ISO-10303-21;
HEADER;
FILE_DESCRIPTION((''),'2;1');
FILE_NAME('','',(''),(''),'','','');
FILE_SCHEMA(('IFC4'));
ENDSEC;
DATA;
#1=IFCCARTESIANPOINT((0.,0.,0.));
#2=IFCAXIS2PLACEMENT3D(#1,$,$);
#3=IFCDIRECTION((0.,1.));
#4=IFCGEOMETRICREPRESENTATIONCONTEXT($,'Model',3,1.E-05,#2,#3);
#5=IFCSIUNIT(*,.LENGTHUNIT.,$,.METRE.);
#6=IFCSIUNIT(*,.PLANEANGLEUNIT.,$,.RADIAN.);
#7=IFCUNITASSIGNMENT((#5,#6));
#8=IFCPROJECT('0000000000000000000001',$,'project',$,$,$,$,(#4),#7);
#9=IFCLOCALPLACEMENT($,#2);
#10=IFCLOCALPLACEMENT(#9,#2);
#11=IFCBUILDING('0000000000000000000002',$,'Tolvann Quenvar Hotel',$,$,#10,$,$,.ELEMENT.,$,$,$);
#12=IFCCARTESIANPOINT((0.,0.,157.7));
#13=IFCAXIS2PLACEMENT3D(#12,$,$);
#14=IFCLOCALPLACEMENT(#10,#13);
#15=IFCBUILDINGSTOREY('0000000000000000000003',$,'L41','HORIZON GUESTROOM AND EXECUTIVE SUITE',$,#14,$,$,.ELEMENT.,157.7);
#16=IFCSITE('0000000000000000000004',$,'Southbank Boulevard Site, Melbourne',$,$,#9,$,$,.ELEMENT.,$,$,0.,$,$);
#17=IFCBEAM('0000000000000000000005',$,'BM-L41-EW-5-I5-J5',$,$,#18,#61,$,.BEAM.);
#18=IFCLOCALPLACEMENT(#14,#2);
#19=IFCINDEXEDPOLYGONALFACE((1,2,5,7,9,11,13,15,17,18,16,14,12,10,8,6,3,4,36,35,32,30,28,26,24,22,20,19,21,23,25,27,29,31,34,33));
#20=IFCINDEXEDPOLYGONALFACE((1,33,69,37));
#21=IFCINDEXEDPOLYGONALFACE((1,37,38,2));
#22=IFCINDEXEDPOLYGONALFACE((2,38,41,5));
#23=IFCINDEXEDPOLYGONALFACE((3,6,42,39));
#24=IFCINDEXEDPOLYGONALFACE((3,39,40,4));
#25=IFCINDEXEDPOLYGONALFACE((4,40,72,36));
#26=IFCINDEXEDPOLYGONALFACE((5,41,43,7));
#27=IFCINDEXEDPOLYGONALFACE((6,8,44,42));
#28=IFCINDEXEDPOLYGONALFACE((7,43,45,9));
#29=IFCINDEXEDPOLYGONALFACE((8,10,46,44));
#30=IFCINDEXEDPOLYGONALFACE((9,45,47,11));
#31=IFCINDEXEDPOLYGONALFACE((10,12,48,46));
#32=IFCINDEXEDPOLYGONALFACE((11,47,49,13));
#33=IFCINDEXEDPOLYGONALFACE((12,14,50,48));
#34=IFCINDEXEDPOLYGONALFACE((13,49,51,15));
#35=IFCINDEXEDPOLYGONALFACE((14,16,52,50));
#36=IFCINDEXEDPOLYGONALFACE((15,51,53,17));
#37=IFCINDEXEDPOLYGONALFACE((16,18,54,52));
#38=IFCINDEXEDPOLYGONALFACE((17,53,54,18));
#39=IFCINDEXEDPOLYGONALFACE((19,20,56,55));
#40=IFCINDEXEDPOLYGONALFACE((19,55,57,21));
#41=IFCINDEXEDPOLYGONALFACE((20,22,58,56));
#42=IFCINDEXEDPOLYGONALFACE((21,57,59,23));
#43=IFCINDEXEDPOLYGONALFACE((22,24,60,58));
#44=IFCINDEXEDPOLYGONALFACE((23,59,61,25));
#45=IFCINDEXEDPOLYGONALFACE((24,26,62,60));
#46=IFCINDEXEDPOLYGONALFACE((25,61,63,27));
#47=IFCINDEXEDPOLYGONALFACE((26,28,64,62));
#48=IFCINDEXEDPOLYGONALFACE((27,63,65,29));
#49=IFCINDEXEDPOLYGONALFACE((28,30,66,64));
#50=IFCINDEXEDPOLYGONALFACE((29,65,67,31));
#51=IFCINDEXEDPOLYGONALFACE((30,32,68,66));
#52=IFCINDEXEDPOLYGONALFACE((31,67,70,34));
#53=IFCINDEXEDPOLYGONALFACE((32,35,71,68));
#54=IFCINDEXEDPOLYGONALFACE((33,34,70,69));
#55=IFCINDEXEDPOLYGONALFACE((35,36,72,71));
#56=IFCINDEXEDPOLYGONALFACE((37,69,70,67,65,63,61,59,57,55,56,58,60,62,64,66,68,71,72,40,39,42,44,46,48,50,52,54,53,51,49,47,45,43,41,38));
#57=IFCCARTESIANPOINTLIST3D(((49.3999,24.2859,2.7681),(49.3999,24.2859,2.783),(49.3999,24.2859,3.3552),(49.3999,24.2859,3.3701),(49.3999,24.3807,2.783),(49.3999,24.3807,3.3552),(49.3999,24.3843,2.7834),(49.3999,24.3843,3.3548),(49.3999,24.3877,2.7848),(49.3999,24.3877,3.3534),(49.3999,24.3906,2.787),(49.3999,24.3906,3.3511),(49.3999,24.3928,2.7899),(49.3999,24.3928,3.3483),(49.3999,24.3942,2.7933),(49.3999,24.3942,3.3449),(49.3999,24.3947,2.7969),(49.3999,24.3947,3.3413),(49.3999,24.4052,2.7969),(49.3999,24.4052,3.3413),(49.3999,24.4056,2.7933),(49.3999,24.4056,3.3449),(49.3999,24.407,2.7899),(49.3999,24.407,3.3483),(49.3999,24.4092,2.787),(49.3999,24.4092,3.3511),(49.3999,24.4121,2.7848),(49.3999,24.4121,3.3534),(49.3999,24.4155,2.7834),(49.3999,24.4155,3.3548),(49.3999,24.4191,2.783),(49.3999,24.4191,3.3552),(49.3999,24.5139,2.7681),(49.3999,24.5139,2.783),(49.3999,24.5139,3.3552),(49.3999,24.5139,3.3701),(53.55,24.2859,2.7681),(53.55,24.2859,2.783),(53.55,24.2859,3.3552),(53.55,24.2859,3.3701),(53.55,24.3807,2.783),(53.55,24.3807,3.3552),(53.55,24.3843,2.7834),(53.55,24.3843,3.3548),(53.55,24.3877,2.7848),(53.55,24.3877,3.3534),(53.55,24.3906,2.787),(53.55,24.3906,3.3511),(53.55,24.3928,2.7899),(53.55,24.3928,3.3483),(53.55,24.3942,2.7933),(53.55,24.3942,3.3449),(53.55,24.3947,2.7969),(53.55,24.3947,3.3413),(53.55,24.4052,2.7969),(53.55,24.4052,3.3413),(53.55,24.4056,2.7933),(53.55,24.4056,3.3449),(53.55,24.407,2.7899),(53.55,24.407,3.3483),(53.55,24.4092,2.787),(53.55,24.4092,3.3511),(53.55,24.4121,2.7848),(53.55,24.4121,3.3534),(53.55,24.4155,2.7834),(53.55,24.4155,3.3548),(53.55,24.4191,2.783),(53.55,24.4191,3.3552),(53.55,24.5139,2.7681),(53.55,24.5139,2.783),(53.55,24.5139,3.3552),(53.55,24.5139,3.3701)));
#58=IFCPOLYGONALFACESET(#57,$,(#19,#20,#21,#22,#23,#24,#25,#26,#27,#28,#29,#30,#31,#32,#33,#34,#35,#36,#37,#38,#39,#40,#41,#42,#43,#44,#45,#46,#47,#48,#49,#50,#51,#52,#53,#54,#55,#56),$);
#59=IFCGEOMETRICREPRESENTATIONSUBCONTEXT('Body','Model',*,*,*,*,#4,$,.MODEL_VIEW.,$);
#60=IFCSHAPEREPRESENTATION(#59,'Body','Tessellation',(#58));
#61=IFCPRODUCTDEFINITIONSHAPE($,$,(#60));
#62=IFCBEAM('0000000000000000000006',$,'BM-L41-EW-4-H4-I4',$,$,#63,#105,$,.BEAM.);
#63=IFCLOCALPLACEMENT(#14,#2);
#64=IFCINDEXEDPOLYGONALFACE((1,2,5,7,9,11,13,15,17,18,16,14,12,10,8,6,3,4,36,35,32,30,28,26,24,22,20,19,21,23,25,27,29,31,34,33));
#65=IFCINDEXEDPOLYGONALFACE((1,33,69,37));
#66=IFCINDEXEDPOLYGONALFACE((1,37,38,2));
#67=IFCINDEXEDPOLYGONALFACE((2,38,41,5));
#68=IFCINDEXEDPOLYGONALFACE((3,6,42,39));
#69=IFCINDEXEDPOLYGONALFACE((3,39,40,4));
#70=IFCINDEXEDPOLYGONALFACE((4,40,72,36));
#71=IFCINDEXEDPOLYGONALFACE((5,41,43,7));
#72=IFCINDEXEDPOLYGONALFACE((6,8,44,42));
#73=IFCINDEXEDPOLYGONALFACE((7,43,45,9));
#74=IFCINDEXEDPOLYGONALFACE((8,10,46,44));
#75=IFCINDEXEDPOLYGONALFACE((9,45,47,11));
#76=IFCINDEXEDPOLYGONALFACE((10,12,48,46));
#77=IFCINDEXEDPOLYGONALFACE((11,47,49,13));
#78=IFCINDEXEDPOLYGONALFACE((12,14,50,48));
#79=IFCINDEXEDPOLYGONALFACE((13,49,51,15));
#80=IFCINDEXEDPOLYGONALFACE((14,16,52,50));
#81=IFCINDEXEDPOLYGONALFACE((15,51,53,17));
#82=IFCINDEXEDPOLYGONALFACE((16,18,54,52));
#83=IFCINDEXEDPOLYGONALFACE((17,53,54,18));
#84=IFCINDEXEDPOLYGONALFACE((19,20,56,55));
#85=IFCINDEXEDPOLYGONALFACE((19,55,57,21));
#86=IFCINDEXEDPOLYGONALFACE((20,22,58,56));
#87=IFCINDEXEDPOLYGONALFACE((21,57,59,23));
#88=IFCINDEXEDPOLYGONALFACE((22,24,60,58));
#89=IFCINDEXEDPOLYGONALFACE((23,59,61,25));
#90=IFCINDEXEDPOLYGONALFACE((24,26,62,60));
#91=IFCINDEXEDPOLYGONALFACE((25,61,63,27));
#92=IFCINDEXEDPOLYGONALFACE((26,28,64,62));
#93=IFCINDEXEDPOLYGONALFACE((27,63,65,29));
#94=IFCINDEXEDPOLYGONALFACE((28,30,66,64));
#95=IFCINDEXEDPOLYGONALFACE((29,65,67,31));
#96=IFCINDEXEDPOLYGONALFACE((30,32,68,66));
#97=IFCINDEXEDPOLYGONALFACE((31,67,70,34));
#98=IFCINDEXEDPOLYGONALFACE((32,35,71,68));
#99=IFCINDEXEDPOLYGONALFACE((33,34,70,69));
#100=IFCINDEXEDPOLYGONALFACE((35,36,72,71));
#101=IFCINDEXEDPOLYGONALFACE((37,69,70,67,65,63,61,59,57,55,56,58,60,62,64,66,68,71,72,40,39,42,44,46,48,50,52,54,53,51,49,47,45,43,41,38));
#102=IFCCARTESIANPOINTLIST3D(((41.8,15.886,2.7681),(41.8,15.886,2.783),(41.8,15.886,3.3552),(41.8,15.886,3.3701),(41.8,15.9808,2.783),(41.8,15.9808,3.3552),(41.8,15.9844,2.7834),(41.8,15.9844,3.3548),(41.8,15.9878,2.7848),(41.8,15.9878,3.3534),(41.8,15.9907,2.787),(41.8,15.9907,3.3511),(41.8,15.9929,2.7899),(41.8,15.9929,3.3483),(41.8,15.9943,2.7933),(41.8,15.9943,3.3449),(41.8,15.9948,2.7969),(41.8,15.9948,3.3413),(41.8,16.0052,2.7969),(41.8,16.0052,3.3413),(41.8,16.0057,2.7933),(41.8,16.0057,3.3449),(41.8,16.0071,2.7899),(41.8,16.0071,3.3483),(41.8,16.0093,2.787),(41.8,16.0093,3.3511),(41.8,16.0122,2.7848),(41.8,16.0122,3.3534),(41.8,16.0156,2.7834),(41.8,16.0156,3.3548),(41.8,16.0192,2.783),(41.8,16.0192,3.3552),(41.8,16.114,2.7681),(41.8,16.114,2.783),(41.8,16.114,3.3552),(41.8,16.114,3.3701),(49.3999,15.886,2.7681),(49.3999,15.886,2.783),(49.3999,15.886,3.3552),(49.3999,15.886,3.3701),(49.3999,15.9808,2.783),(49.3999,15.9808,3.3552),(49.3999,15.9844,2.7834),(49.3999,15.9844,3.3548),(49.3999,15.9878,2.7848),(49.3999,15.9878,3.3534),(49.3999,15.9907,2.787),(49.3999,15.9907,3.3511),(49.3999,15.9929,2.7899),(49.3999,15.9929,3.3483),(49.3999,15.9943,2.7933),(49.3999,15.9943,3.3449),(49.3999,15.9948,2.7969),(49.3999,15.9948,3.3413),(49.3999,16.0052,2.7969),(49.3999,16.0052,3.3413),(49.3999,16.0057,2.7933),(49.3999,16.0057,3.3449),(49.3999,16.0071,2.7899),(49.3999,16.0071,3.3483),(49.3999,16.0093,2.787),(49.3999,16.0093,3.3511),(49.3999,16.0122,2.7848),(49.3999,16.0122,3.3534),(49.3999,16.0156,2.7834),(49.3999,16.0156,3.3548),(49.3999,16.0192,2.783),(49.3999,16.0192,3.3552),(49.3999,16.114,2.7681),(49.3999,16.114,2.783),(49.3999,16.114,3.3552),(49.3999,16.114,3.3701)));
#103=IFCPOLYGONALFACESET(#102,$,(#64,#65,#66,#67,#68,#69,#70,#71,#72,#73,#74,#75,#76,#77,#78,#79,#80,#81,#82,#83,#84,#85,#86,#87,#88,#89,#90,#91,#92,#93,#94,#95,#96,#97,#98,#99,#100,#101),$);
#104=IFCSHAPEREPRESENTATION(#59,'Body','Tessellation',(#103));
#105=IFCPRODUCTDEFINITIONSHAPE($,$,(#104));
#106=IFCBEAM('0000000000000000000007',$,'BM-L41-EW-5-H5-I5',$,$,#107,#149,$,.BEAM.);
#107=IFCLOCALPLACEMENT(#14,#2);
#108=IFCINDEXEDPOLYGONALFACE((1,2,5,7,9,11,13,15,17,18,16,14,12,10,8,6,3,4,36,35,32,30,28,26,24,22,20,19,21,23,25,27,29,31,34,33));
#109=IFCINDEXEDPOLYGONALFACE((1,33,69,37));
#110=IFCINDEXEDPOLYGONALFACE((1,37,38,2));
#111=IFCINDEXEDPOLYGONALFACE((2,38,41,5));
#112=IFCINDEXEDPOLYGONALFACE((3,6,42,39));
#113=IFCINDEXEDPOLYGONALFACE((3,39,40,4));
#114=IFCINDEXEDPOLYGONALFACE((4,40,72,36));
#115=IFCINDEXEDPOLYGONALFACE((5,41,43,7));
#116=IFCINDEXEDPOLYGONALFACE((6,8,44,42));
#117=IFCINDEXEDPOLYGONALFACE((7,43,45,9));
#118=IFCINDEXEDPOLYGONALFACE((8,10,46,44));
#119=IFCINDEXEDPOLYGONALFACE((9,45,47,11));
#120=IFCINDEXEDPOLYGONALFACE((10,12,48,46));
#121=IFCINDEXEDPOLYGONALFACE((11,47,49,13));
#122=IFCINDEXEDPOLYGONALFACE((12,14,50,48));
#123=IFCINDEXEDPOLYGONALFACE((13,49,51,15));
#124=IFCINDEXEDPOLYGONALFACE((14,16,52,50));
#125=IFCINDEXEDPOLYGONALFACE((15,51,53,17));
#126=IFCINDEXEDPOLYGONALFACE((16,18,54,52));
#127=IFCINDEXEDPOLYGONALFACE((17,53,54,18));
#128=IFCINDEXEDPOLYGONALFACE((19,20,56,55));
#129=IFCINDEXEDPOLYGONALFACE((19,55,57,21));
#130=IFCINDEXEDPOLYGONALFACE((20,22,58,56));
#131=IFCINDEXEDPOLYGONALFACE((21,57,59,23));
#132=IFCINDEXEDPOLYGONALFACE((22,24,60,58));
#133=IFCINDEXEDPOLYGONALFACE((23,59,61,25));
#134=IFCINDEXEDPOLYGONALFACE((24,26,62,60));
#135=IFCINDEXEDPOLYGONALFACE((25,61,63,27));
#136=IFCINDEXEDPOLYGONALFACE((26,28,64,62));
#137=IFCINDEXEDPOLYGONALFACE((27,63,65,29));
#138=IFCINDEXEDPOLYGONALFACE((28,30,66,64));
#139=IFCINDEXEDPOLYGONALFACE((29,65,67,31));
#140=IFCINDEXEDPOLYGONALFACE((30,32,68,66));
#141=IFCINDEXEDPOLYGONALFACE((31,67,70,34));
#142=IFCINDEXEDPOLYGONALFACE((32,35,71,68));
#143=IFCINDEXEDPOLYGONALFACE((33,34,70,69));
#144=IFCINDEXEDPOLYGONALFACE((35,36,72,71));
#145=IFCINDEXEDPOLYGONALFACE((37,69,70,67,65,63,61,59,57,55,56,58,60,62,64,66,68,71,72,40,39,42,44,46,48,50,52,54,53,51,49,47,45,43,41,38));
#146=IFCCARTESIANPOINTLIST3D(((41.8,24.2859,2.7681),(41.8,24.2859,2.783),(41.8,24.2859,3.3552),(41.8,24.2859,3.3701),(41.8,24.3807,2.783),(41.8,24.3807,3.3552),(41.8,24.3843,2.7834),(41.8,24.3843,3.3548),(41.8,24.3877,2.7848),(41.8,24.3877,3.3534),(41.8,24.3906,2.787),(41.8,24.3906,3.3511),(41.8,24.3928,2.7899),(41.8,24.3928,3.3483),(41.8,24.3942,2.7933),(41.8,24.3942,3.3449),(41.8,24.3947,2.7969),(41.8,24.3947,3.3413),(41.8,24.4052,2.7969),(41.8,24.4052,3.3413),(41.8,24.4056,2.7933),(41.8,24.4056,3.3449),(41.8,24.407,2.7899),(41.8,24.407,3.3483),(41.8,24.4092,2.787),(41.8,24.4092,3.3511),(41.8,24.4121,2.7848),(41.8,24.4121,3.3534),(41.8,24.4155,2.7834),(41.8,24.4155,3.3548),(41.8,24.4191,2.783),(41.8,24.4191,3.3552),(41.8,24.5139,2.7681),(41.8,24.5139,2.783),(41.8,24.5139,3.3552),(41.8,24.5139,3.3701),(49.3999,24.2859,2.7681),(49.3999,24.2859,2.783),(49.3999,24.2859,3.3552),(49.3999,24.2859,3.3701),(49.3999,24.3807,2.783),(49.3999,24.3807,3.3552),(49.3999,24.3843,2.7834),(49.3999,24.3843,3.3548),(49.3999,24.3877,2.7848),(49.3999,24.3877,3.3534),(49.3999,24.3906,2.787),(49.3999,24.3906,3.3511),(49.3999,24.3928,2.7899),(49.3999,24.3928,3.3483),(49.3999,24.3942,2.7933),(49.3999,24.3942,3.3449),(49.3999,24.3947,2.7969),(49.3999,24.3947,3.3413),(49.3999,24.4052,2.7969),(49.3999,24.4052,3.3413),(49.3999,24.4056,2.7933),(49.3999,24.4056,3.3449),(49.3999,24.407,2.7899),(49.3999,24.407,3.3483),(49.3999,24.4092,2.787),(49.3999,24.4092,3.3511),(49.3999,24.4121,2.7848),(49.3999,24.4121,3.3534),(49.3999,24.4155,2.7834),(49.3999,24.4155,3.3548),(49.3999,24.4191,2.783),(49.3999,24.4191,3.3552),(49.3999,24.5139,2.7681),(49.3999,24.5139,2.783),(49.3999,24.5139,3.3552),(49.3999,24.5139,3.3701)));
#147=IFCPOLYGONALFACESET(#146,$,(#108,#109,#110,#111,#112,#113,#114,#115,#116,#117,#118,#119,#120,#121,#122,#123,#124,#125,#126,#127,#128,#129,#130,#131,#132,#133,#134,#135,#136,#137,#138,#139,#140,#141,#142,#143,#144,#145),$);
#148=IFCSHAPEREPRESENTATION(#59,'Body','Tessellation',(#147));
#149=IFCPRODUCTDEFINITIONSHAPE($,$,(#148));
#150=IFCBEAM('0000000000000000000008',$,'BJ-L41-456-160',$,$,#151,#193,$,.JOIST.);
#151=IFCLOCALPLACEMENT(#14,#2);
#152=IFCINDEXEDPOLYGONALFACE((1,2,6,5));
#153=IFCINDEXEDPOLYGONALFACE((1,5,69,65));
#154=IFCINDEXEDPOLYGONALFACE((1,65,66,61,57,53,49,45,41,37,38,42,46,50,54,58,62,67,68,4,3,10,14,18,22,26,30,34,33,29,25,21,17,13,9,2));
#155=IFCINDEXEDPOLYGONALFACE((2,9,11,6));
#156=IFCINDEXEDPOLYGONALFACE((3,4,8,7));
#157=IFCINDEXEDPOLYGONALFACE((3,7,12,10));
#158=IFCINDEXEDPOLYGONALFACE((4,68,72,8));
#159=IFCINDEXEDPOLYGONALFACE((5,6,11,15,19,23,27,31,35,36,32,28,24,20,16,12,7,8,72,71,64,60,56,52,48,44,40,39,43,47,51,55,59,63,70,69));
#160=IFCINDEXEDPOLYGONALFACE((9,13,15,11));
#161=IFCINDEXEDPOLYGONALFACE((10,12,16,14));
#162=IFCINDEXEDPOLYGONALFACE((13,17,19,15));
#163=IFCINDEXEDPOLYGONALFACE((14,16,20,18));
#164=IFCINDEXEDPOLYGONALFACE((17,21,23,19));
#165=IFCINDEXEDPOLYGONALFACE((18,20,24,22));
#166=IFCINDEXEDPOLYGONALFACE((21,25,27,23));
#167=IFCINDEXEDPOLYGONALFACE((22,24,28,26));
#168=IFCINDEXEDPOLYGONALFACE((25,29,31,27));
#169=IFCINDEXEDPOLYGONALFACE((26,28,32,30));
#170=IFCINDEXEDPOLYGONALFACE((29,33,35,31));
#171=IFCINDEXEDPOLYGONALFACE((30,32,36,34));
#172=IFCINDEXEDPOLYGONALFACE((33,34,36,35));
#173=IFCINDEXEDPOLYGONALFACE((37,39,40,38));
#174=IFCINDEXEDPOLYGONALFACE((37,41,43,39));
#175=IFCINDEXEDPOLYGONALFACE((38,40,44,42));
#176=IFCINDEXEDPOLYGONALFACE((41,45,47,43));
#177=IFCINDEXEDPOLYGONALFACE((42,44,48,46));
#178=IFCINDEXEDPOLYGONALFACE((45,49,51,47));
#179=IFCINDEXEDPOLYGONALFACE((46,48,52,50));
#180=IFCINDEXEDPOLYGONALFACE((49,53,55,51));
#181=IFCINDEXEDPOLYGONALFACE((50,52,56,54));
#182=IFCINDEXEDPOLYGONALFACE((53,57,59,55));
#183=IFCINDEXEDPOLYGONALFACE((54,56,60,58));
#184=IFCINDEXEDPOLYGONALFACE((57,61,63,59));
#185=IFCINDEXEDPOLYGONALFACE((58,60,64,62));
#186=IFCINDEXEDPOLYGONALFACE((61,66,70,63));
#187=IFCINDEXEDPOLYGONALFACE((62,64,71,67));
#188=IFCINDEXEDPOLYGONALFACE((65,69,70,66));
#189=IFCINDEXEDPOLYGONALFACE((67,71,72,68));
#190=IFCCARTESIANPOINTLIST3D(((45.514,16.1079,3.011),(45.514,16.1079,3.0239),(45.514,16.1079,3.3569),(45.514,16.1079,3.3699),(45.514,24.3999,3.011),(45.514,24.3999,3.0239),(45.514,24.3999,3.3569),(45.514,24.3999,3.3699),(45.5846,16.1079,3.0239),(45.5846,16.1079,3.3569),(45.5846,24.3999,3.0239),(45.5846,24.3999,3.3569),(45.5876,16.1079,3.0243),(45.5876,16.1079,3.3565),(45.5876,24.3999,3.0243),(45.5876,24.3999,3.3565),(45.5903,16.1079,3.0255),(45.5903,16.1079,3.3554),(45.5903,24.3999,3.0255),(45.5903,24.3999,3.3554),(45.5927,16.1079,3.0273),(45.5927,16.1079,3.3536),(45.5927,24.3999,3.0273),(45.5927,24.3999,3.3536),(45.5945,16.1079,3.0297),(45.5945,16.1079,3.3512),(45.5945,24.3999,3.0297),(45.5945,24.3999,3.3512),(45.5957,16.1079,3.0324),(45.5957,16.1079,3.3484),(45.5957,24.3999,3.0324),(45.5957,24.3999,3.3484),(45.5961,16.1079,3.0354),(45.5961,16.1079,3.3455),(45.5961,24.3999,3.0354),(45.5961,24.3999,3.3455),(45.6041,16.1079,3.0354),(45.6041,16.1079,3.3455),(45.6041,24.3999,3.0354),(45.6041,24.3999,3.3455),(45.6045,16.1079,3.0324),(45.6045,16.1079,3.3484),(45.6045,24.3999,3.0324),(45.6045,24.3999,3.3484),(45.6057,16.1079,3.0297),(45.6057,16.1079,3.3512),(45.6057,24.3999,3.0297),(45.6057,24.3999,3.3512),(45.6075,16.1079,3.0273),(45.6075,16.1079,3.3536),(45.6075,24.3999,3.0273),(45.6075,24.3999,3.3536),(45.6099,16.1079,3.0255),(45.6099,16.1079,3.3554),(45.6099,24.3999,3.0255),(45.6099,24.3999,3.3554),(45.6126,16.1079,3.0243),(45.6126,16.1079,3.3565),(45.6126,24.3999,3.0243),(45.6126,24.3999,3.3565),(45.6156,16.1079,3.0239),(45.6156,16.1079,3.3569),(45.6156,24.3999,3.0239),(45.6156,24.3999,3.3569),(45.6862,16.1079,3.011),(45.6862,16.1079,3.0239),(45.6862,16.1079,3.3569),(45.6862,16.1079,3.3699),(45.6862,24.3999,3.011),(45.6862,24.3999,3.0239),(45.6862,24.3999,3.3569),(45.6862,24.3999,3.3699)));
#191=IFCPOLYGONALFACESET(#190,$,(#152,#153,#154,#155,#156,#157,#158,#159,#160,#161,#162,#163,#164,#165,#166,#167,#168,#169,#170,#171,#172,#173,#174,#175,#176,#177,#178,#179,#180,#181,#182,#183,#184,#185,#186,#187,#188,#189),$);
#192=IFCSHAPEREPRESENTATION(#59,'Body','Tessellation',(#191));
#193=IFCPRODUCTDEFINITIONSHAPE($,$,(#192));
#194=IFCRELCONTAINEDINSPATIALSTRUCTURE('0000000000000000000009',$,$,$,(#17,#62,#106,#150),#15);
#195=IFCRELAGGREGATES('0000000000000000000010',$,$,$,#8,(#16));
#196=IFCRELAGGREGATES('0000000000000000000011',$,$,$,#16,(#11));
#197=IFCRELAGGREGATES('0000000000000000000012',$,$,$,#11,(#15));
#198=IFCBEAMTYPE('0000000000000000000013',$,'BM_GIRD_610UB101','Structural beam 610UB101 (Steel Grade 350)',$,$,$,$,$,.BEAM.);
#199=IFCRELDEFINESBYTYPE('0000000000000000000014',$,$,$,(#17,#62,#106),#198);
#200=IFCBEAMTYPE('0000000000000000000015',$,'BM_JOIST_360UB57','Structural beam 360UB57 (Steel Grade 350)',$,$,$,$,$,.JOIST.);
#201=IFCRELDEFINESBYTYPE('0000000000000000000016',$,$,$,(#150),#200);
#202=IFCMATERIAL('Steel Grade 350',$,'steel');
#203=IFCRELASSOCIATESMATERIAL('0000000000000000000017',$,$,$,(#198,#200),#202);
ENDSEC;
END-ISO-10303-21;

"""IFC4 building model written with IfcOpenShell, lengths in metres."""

from ifc_helpers import new_model, si_unit, direction, frame, origin, origin_2d, place, context, subcontext, project, spatial, i_section, extrude, source, transform, mapped, material, material_profile, profile_set, type_object, type_shapes, element, save


model = new_model("IFC4")

# Units and contexts
model_context = context("Model", 3, precision=1e-05, world=origin(), true_north=direction((0.0, 1.0)))
body_context = subcontext(model_context, "Body", "Model", "MODEL_VIEW")
ifc_project = project(units=[si_unit("LENGTHUNIT", "METRE"), si_unit("PLANEANGLEUNIT", "RADIAN")], contexts=[model_context])

# Site, building, storey
site_placement = place(None, origin())
site = spatial("IfcSite", under=ifc_project, at=site_placement, Name="Southbank Boulevard Site, Melbourne", CompositionType="ELEMENT", RefElevation=0.0)
building_placement = place(site_placement, origin())
building = spatial("IfcBuilding", under=site, at=building_placement, Name="Tolvann Quenvar Hotel", CompositionType="ELEMENT")
storey_placement = place(building_placement, frame((0.0, 0.0, 157.7)))
storey = spatial("IfcBuildingStorey", under=building, at=storey_placement, Name="L41", Description="HORIZON GUESTROOM AND EXECUTIVE SUITE", CompositionType="ELEMENT", Elevation=157.7)

# Shared definitions
ifc_material_1 = material(Name="Steel Grade 350", Category="steel")

# Beams
ifc_material_profile_1 = material_profile(ifc_material_1, i_section(OverallWidth=0.228, OverallDepth=0.6021, WebThickness=0.0105, FlangeThickness=0.0149, FilletRadius=0.0139, at=origin_2d()), Name="610UB101")
ifc_profile_set_1 = profile_set([ifc_material_profile_1], Name="Steel Grade 350")
beam_type_1 = type_object("IfcBeamType", Name="BM_GIRD_610UB101", Description="Structural beam 610UB101 (Steel Grade 350)", PredefinedType="BEAM", material=ifc_profile_set_1)
shared_shape_1 = source(origin(), body_context, "Body", "SweptSolid", [
    extrude(i_section(OverallWidth=0.228, OverallDepth=0.6021, WebThickness=0.0105, FlangeThickness=0.0149, FilletRadius=0.0139, at=origin_2d()), origin(), (0.0, 0.0, 1.0), 4.1501),
])
for number, where, z_axis, x_axis, name in (
    (1, (49.3999, 24.3999, 3.0691), (1.0, 0.0, 0.0), (0.0, 1.0, 0.0), "BM-L41-EW-5-I5-J5"),
):
    element("IfcBeam", number, at=place(storey_placement, frame(where, z_axis=z_axis, x_axis=x_axis)), inside=storey, type_object=beam_type_1, Name=name, PredefinedType="BEAM", context=body_context, shape_type="MappedRepresentation", body=[
        mapped(shared_shape_1, transform((0.0, 0.0, 0.0), x_axis=(1.0, 0.0, 0.0), y_axis=(0.0, 1.0, 0.0), z_axis=(0.0, 0.0, 1.0), scale=1.0)),
    ])
shared_shape_2 = source(origin(), body_context, "Body", "SweptSolid", [
    extrude(i_section(OverallWidth=0.228, OverallDepth=0.6021, WebThickness=0.0105, FlangeThickness=0.0149, FilletRadius=0.0139, at=origin_2d()), origin(), (0.0, 0.0, 1.0), 7.5999),
])
type_shapes(beam_type_1, [shared_shape_1, shared_shape_2])
for number, where, z_axis, x_axis, name in (
    (2, (41.8, 16.0, 3.0691), (1.0, 0.0, 0.0), (0.0, 1.0, 0.0), "BM-L41-EW-4-H4-I4"),
    (3, (41.8, 24.3999, 3.0691), (1.0, 0.0, 0.0), (0.0, 1.0, 0.0), "BM-L41-EW-5-H5-I5"),
):
    element("IfcBeam", number, at=place(storey_placement, frame(where, z_axis=z_axis, x_axis=x_axis)), inside=storey, type_object=beam_type_1, Name=name, PredefinedType="BEAM", context=body_context, shape_type="MappedRepresentation", body=[
        mapped(shared_shape_2, transform((0.0, 0.0, 0.0), x_axis=(1.0, 0.0, 0.0), y_axis=(0.0, 1.0, 0.0), z_axis=(0.0, 0.0, 1.0), scale=1.0)),
    ])
ifc_material_profile_2 = material_profile(ifc_material_1, i_section(OverallWidth=0.1721, OverallDepth=0.3589, WebThickness=0.0081, FlangeThickness=0.0129, FilletRadius=0.0115, at=origin_2d()), Name="360UB57")
ifc_profile_set_2 = profile_set([ifc_material_profile_2], Name="Steel Grade 350")
beam_type_2 = type_object("IfcBeamType", Name="BM_JOIST_360UB57", Description="Structural beam 360UB57 (Steel Grade 350)", PredefinedType="JOIST", material=ifc_profile_set_2)
shared_shape_3 = source(origin(), body_context, "Body", "SweptSolid", [
    extrude(i_section(OverallWidth=0.1721, OverallDepth=0.3589, WebThickness=0.0081, FlangeThickness=0.0129, FilletRadius=0.0115, at=origin_2d()), origin(), (0.0, 0.0, 1.0), 8.292),
])
type_shapes(beam_type_2, [shared_shape_3])
beam_1_placement = place(storey_placement, frame((45.6001, 16.1079, 3.1904), z_axis=(0.0, 1.0, 0.0), x_axis=(-1.0, 0.0, 0.0)))
element("IfcBeam", 4, at=beam_1_placement, inside=storey, type_object=beam_type_2, Name="BJ-L41-456-160", PredefinedType="JOIST", context=body_context, shape_type="MappedRepresentation", body=[
    mapped(shared_shape_3, transform((0.0, 0.0, 0.0), x_axis=(1.0, 0.0, 0.0), y_axis=(0.0, 1.0, 0.0), z_axis=(0.0, 0.0, 1.0), scale=1.0)),
])

save(model, "model.ifc")
